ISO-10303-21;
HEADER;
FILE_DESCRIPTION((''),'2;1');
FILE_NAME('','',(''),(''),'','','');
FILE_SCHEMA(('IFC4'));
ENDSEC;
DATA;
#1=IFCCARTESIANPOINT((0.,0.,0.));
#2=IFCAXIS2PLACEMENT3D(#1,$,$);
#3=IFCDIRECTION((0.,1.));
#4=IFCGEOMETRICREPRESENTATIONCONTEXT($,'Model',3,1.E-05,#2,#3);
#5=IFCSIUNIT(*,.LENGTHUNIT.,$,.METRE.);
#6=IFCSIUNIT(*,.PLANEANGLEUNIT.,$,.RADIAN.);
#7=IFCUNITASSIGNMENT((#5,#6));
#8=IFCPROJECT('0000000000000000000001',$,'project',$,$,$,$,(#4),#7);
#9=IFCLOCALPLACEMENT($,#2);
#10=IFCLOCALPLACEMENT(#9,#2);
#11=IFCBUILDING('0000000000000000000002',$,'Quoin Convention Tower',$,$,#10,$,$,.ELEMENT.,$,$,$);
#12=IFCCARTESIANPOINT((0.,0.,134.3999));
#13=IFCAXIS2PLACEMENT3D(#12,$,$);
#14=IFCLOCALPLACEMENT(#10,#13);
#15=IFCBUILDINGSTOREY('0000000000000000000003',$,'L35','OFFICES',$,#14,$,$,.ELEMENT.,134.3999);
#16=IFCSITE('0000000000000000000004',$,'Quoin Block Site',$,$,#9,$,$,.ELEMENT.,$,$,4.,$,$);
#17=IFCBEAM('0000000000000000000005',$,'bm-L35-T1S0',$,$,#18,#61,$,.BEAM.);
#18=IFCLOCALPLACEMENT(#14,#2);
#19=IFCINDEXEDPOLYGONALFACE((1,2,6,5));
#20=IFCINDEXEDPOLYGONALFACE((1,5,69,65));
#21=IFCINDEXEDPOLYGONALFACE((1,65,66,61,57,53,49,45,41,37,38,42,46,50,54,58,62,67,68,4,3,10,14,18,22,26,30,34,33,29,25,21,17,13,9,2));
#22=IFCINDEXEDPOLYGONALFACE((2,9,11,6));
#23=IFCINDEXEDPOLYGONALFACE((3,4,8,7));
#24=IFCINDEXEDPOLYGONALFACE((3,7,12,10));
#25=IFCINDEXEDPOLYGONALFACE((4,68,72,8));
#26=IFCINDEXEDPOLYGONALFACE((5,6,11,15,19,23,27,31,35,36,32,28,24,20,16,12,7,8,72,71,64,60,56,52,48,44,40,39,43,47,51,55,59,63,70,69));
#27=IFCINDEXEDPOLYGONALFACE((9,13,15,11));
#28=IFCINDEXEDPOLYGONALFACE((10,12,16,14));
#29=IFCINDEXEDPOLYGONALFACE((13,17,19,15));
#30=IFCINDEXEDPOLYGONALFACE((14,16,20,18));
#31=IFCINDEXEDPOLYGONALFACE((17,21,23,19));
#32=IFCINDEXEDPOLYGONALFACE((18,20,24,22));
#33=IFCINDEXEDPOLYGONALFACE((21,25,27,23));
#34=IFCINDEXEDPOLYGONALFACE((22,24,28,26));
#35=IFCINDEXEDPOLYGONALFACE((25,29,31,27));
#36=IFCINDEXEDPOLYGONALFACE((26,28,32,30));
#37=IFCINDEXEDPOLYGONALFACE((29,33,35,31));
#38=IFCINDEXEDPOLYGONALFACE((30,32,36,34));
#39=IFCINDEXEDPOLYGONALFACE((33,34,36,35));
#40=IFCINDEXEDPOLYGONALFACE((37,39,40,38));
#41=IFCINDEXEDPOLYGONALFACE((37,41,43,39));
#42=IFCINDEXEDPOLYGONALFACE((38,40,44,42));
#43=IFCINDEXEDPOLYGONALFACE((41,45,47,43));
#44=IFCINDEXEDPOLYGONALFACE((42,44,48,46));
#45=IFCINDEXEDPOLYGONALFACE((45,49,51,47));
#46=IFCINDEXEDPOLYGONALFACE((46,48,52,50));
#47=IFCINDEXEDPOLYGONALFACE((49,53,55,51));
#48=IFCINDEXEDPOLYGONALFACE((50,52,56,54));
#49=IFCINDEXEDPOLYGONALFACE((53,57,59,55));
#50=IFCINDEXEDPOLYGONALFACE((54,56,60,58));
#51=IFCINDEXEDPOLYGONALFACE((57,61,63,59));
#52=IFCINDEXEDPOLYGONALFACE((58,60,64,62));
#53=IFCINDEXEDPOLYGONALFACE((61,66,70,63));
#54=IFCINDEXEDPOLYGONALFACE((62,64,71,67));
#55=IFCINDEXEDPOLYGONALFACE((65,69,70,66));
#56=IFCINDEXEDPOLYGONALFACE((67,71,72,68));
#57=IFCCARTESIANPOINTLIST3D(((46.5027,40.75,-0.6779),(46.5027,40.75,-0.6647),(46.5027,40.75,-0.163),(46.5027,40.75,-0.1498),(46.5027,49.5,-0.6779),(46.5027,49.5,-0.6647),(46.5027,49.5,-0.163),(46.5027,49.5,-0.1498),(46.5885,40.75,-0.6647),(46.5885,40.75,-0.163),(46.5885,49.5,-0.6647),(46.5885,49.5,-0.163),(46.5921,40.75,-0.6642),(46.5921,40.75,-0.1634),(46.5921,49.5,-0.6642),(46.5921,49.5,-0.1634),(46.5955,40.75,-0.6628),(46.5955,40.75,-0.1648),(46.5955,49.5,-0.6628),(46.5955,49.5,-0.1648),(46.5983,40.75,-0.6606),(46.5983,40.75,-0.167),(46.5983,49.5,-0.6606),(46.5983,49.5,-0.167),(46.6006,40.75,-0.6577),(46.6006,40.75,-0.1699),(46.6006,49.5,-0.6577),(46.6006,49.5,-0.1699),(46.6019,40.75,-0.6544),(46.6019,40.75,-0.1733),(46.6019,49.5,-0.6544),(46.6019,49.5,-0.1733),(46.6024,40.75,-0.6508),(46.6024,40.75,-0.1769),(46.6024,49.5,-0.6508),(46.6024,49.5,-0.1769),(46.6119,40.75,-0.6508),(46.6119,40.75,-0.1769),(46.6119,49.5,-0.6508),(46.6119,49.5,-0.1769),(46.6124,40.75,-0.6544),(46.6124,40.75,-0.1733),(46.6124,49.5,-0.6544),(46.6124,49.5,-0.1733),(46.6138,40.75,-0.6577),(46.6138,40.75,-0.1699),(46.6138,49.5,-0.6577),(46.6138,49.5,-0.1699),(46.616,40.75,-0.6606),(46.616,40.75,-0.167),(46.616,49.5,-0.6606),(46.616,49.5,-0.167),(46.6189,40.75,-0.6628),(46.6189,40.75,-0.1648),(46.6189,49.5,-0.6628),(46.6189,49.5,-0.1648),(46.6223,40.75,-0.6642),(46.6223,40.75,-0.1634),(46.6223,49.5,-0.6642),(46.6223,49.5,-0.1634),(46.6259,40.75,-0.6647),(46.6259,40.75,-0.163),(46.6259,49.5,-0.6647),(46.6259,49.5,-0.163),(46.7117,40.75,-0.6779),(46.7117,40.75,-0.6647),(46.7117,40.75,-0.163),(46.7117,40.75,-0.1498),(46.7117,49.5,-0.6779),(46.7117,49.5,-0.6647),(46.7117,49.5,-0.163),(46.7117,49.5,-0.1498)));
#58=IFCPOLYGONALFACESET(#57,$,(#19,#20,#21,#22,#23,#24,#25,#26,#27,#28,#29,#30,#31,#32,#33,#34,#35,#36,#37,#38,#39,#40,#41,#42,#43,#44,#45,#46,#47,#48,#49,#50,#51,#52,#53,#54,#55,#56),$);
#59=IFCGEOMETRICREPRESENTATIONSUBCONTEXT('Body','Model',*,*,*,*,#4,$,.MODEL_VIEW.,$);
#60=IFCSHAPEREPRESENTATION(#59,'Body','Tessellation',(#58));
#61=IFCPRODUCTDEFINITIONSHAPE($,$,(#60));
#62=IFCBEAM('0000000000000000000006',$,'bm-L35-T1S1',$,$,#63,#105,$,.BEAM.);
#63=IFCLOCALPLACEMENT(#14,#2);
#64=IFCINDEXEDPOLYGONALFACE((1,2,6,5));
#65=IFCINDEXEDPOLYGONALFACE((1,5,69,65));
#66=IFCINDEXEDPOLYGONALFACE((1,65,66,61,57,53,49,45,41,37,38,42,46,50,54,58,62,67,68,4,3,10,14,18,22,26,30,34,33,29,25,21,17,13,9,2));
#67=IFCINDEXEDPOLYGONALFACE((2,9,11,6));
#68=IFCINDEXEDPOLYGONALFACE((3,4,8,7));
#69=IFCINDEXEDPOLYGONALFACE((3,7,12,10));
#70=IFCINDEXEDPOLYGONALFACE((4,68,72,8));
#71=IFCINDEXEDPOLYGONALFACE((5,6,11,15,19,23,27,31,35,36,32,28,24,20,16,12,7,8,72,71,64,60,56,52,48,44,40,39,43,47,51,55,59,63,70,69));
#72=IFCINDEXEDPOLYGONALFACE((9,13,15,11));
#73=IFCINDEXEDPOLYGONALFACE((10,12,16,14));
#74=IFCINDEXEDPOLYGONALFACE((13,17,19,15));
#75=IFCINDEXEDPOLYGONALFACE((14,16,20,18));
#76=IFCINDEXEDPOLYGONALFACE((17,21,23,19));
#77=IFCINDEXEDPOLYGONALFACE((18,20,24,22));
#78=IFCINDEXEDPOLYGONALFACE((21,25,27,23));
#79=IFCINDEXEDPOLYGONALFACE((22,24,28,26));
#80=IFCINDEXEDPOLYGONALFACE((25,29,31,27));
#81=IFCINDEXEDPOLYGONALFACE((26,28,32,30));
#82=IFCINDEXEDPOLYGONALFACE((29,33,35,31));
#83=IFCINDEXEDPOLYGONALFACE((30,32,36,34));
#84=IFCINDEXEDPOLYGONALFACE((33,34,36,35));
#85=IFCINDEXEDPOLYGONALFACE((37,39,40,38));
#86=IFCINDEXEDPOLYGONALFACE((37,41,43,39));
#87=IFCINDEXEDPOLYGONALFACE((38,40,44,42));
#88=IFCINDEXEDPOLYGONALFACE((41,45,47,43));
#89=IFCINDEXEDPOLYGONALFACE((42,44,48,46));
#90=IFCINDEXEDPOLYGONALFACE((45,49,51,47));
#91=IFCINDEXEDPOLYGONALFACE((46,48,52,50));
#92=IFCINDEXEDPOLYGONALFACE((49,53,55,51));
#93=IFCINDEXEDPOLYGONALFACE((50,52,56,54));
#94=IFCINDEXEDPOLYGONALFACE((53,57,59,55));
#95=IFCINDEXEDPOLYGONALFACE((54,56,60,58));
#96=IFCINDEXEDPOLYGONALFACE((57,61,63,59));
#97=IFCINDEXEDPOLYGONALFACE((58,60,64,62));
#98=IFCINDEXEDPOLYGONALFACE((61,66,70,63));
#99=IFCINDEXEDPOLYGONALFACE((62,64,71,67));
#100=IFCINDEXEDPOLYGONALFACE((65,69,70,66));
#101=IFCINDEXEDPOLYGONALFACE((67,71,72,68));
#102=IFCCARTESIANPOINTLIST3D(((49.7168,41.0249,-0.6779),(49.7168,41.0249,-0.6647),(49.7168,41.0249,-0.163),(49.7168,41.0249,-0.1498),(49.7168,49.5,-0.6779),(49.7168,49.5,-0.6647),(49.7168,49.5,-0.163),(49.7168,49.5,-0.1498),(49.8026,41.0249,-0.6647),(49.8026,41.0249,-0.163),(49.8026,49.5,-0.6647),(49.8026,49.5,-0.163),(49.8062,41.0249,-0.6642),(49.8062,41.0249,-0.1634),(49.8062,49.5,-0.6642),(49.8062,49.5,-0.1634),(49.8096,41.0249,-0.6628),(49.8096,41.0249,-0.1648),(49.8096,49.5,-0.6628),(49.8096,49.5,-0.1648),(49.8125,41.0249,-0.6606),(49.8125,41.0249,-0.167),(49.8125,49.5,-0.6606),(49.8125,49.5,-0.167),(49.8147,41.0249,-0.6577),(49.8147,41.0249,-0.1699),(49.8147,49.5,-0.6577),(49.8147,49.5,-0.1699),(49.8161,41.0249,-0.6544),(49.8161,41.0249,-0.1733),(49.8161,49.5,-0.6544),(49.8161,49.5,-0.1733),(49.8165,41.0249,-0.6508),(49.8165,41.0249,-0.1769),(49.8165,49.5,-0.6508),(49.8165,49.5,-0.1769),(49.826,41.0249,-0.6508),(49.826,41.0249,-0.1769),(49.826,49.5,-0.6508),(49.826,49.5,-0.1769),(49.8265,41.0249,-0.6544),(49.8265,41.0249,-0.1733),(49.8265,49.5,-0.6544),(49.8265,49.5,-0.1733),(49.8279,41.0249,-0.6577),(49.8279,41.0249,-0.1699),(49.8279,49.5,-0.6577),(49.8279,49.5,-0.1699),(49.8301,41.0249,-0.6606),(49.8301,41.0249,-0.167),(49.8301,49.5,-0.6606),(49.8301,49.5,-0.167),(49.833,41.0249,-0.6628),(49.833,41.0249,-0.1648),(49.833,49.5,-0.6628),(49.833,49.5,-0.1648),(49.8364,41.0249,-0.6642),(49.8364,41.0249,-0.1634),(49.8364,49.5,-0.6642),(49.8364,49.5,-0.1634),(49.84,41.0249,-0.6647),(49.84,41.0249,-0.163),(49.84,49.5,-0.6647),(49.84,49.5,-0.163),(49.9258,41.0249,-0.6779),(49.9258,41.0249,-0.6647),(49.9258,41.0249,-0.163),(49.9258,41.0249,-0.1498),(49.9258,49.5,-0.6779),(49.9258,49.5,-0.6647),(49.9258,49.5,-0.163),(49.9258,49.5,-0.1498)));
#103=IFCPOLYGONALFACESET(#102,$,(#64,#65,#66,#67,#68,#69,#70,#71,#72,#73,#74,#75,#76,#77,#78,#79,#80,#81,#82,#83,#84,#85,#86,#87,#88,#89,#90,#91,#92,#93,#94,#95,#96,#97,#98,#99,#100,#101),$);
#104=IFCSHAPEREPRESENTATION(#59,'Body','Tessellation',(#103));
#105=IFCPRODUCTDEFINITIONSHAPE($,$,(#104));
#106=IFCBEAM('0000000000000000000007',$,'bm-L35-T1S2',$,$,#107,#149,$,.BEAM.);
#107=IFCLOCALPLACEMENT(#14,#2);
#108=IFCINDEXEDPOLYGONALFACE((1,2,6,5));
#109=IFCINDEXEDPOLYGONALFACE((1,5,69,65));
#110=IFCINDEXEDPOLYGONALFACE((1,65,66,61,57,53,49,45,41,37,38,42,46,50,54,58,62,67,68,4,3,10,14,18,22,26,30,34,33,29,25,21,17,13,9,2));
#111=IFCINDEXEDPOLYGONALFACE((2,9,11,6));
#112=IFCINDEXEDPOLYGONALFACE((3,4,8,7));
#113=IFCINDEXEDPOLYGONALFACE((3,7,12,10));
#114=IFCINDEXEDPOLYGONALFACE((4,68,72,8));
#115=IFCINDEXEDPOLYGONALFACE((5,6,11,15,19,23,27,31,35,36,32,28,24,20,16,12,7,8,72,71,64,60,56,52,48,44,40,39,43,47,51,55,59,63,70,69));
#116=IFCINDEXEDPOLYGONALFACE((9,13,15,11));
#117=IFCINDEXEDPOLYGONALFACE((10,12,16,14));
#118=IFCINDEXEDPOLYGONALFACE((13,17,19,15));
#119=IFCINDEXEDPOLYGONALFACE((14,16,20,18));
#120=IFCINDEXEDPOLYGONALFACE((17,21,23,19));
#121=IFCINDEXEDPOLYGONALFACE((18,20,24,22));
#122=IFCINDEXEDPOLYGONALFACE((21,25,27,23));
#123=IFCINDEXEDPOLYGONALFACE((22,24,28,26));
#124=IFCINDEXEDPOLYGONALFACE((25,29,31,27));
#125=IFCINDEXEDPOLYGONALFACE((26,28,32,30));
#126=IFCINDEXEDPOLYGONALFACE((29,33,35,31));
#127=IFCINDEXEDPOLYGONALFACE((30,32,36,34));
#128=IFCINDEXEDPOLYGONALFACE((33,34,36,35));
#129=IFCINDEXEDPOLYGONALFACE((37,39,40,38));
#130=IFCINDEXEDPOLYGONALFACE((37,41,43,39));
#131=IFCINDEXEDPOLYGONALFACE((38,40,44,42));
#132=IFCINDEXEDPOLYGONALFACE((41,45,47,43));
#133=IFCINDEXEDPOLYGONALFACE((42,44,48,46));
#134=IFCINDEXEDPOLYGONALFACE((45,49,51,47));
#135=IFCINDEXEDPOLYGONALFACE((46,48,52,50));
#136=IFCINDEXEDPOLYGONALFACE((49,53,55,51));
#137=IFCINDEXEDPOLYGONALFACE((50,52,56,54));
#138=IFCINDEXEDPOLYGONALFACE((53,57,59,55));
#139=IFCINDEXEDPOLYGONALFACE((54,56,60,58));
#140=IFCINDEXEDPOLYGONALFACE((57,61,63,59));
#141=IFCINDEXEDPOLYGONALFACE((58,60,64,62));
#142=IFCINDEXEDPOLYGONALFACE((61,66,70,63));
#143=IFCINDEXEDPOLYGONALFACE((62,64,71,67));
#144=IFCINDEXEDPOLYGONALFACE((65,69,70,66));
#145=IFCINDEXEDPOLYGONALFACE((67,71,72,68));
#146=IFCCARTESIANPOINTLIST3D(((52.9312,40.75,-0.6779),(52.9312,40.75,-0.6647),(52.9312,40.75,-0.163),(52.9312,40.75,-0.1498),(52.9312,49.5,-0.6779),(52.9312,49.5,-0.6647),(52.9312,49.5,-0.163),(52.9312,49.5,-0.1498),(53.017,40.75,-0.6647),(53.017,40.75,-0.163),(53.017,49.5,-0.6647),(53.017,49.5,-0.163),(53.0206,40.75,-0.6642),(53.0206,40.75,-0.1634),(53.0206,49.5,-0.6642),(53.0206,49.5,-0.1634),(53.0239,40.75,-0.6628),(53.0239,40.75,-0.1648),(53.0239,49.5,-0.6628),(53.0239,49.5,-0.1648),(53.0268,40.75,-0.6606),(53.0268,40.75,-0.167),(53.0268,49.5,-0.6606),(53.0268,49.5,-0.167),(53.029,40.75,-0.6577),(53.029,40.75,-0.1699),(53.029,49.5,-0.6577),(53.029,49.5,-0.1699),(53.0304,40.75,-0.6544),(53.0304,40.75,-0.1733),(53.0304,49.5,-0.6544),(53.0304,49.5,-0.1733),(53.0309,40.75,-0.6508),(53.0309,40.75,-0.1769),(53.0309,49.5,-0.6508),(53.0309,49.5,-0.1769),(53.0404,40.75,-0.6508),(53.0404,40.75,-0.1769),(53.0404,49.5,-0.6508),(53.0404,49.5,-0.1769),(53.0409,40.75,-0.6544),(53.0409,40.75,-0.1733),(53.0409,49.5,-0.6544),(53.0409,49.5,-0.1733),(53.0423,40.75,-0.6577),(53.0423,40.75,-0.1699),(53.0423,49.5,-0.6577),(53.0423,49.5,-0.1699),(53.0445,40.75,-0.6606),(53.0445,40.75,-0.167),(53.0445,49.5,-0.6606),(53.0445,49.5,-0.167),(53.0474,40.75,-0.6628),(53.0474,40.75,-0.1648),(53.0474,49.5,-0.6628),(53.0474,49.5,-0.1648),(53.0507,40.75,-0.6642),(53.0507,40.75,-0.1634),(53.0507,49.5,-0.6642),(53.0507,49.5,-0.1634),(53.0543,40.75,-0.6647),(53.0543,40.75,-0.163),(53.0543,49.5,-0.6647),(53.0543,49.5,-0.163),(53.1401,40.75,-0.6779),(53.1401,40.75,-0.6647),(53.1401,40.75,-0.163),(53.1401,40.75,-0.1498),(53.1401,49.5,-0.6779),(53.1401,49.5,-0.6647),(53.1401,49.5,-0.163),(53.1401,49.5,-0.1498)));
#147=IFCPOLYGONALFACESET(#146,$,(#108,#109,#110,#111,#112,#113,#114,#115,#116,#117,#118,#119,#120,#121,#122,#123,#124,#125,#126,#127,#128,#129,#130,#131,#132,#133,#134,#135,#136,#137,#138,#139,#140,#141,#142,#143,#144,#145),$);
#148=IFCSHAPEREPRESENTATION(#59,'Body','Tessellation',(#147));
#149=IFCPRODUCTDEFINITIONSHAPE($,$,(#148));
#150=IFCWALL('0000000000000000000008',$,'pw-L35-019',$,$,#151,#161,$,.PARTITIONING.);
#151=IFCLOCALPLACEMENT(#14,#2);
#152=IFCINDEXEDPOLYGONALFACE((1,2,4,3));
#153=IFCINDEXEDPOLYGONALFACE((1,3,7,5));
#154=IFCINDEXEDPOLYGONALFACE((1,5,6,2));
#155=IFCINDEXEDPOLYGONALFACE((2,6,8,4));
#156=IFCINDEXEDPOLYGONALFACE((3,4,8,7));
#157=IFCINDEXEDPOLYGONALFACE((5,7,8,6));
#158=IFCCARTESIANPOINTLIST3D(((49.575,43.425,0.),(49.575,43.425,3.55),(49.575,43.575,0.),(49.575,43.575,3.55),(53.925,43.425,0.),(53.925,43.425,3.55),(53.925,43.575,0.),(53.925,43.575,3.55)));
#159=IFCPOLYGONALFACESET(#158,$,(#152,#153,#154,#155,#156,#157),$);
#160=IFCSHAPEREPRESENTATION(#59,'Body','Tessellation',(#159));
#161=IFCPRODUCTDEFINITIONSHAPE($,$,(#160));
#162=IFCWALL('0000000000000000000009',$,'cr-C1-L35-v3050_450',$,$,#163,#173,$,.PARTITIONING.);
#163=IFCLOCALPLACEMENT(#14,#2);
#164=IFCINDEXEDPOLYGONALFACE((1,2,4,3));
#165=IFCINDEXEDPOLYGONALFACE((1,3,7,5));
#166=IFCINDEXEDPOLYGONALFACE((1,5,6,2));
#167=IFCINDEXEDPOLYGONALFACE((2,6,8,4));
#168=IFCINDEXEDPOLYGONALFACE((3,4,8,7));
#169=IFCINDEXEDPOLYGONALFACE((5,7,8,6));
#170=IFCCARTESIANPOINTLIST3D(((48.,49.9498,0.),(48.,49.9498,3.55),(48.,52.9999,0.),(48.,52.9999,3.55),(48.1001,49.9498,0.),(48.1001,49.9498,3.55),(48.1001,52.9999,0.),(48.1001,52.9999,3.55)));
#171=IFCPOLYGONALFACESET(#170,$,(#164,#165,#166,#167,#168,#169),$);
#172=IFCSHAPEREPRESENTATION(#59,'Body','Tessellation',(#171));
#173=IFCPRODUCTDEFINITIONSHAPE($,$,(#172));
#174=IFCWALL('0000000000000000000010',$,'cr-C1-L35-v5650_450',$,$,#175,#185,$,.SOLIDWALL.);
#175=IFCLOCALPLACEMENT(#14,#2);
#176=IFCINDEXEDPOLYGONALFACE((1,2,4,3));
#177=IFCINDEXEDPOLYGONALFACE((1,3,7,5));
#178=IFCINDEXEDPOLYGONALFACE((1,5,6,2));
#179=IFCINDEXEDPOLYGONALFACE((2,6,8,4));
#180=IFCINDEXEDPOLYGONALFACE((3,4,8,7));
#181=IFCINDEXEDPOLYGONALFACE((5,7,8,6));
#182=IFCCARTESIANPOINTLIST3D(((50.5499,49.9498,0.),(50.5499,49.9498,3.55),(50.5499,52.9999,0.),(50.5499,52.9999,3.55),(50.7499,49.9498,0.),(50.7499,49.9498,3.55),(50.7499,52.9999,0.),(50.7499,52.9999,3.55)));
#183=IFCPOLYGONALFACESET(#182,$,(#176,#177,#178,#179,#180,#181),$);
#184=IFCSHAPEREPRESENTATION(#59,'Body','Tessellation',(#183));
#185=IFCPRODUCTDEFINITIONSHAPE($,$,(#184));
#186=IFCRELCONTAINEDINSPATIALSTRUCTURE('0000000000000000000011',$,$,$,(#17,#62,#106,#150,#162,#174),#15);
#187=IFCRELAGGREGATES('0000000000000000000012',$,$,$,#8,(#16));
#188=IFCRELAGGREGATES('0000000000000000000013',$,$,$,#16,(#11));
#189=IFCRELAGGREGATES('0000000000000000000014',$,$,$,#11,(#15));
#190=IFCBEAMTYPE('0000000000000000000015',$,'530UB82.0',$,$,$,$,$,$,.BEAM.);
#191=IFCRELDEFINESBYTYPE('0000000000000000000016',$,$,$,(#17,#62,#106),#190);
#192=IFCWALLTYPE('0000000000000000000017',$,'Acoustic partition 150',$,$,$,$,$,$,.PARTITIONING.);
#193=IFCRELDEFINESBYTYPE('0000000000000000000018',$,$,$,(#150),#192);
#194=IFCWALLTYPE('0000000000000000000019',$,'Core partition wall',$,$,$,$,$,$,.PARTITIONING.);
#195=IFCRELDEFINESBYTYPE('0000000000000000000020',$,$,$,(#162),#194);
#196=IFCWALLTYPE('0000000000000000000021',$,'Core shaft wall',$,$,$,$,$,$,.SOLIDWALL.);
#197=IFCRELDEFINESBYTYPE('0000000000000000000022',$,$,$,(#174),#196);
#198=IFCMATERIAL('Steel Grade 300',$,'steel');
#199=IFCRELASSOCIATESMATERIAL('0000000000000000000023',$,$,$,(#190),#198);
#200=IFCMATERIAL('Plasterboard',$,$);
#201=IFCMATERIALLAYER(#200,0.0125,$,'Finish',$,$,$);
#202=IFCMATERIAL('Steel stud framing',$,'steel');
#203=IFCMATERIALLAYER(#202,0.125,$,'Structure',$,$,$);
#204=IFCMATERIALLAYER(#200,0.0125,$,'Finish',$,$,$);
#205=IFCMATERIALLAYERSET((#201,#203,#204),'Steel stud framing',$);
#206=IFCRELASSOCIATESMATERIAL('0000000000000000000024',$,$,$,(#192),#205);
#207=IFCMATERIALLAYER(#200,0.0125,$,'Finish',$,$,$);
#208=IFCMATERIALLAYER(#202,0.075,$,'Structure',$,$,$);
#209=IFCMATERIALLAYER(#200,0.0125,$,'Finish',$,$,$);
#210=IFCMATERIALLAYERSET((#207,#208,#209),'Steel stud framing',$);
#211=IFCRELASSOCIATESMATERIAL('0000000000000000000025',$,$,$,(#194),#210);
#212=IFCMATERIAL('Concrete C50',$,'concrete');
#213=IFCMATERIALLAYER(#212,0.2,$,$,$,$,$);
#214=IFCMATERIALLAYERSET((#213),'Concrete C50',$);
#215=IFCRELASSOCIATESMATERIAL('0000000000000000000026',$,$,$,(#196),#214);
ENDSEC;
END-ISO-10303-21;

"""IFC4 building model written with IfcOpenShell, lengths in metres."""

from ifc_helpers import new_model, si_unit, direction, frame, frame_2d, origin, origin_2d, place, context, subcontext, project, spatial, rectangle, i_section, extrude, material, layer, layer_set, material_profile, profile_set, type_object, element, save


model = new_model("IFC4")

# Units and contexts
model_context = context("Model", 3, precision=1e-05, world=origin(), true_north=direction((0.0, 1.0)))
body_context = subcontext(model_context, "Body", "Model", "MODEL_VIEW")
ifc_project = project(units=[si_unit("LENGTHUNIT", "METRE"), si_unit("PLANEANGLEUNIT", "RADIAN")], contexts=[model_context])

# Site, building, storey
site_placement = place(None, origin())
site = spatial("IfcSite", under=ifc_project, at=site_placement, Name="Quoin Block Site", CompositionType="ELEMENT", RefElevation=4.0)
building_placement = place(site_placement, origin())
building = spatial("IfcBuilding", under=site, at=building_placement, Name="Quoin Convention Tower", CompositionType="ELEMENT")
storey_placement = place(building_placement, frame((0.0, 0.0, 134.3999)))
storey = spatial("IfcBuildingStorey", under=building, at=storey_placement, Name="L35", Description="OFFICES", CompositionType="ELEMENT", Elevation=134.3999)

# Beams
ifc_material_1 = material(Name="Steel Grade 300", Category="steel")
ifc_material_profile = material_profile(ifc_material_1, i_section(OverallWidth=0.209, OverallDepth=0.5281, WebThickness=0.0095, FlangeThickness=0.0132, FilletRadius=0.0139, at=origin_2d()), Name="530UB82.0")
ifc_profile_set = profile_set([ifc_material_profile], Name="Steel Grade 300")
beam_type = type_object("IfcBeamType", Name="530UB82.0", PredefinedType="BEAM", material=ifc_profile_set)
beam_1_placement = place(storey_placement, frame((46.6072, 40.75, -0.4138), z_axis=(0.0, 1.0, 0.0), x_axis=(-1.0, 0.0, 0.0)))
element("IfcBeam", 1, at=beam_1_placement, inside=storey, type_object=beam_type, Name="bm-L35-T1S0", PredefinedType="BEAM", context=body_context, shape_type="SweptSolid", body=[
    extrude(i_section(OverallWidth=0.209, OverallDepth=0.5281, WebThickness=0.0095, FlangeThickness=0.0132, FilletRadius=0.0139, at=origin_2d()), origin(), (0.0, 0.0, 1.0), 8.75),
])
beam_2_placement = place(storey_placement, frame((49.8213, 41.0249, -0.4138), z_axis=(0.0, 1.0, 0.0), x_axis=(-1.0, 0.0, 0.0)))
element("IfcBeam", 2, at=beam_2_placement, inside=storey, type_object=beam_type, Name="bm-L35-T1S1", PredefinedType="BEAM", context=body_context, shape_type="SweptSolid", body=[
    extrude(i_section(OverallWidth=0.209, OverallDepth=0.5281, WebThickness=0.0095, FlangeThickness=0.0132, FilletRadius=0.0139, at=origin_2d()), origin(), (0.0, 0.0, 1.0), 8.4751),
])
beam_3_placement = place(storey_placement, frame((53.0356, 40.75, -0.4138), z_axis=(0.0, 1.0, 0.0), x_axis=(-1.0, 0.0, 0.0)))
element("IfcBeam", 3, at=beam_3_placement, inside=storey, type_object=beam_type, Name="bm-L35-T1S2", PredefinedType="BEAM", context=body_context, shape_type="SweptSolid", body=[
    extrude(i_section(OverallWidth=0.209, OverallDepth=0.5281, WebThickness=0.0095, FlangeThickness=0.0132, FilletRadius=0.0139, at=origin_2d()), origin(), (0.0, 0.0, 1.0), 8.75),
])

# Walls
ifc_material_2 = material(Name="Plasterboard")
ifc_layer_1 = layer(ifc_material_2, 0.0125, Name="Finish")
ifc_material_3 = material(Name="Steel stud framing", Category="steel")
ifc_layer_2 = layer(ifc_material_3, 0.125, Name="Structure")
ifc_layer_3 = layer(ifc_material_2, 0.0125, Name="Finish")
ifc_layer_set_1 = layer_set([ifc_layer_1, ifc_layer_2, ifc_layer_3], Name="Steel stud framing")
wall_type_1 = type_object("IfcWallType", Name="Acoustic partition 150", PredefinedType="PARTITIONING", material=ifc_layer_set_1)
wall_1_placement = place(storey_placement, frame((49.575, 43.5, 0.0), z_axis=(0.0, 0.0, 1.0), x_axis=(1.0, 0.0, 0.0)))
element("IfcWall", 4, at=wall_1_placement, inside=storey, type_object=wall_type_1, Name="pw-L35-019", PredefinedType="PARTITIONING", context=body_context, shape_type="SweptSolid", body=[
    extrude(rectangle(XDim=4.3501, YDim=0.1499, at=frame_2d((2.175, 0.0))), origin(), (0.0, 0.0, 1.0), 3.55),
])
ifc_layer_4 = layer(ifc_material_2, 0.0125, Name="Finish")
ifc_layer_5 = layer(ifc_material_3, 0.075, Name="Structure")
ifc_layer_6 = layer(ifc_material_2, 0.0125, Name="Finish")
ifc_layer_set_2 = layer_set([ifc_layer_4, ifc_layer_5, ifc_layer_6], Name="Steel stud framing")
wall_type_2 = type_object("IfcWallType", Name="Core partition wall", PredefinedType="PARTITIONING", material=ifc_layer_set_2)
wall_2_placement = place(storey_placement, frame((48.05, 49.95, 0.0), z_axis=(0.0, 0.0, 1.0), x_axis=(0.0, 1.0, 0.0)))
element("IfcWall", 5, at=wall_2_placement, inside=storey, type_object=wall_type_2, Name="cr-C1-L35-v3050_450", PredefinedType="PARTITIONING", context=body_context, shape_type="SweptSolid", body=[
    extrude(rectangle(XDim=3.05, YDim=0.1001, at=frame_2d((1.5249, 0.0))), origin(), (0.0, 0.0, 1.0), 3.55),
])
ifc_material_4 = material(Name="Concrete C50", Category="concrete")
ifc_layer_7 = layer(ifc_material_4, 0.2)
ifc_layer_set_3 = layer_set([ifc_layer_7], Name="Concrete C50")
wall_type_3 = type_object("IfcWallType", Name="Core shaft wall", PredefinedType="SOLIDWALL", material=ifc_layer_set_3)
wall_3_placement = place(storey_placement, frame((50.6499, 49.95, 0.0), z_axis=(0.0, 0.0, 1.0), x_axis=(0.0, 1.0, 0.0)))
element("IfcWall", 6, at=wall_3_placement, inside=storey, type_object=wall_type_3, Name="cr-C1-L35-v5650_450", PredefinedType="SOLIDWALL", context=body_context, shape_type="SweptSolid", body=[
    extrude(rectangle(XDim=3.05, YDim=0.2, at=frame_2d((1.5249, 0.0))), origin(), (0.0, 0.0, 1.0), 3.55),
])

save(model, "model.ifc")
